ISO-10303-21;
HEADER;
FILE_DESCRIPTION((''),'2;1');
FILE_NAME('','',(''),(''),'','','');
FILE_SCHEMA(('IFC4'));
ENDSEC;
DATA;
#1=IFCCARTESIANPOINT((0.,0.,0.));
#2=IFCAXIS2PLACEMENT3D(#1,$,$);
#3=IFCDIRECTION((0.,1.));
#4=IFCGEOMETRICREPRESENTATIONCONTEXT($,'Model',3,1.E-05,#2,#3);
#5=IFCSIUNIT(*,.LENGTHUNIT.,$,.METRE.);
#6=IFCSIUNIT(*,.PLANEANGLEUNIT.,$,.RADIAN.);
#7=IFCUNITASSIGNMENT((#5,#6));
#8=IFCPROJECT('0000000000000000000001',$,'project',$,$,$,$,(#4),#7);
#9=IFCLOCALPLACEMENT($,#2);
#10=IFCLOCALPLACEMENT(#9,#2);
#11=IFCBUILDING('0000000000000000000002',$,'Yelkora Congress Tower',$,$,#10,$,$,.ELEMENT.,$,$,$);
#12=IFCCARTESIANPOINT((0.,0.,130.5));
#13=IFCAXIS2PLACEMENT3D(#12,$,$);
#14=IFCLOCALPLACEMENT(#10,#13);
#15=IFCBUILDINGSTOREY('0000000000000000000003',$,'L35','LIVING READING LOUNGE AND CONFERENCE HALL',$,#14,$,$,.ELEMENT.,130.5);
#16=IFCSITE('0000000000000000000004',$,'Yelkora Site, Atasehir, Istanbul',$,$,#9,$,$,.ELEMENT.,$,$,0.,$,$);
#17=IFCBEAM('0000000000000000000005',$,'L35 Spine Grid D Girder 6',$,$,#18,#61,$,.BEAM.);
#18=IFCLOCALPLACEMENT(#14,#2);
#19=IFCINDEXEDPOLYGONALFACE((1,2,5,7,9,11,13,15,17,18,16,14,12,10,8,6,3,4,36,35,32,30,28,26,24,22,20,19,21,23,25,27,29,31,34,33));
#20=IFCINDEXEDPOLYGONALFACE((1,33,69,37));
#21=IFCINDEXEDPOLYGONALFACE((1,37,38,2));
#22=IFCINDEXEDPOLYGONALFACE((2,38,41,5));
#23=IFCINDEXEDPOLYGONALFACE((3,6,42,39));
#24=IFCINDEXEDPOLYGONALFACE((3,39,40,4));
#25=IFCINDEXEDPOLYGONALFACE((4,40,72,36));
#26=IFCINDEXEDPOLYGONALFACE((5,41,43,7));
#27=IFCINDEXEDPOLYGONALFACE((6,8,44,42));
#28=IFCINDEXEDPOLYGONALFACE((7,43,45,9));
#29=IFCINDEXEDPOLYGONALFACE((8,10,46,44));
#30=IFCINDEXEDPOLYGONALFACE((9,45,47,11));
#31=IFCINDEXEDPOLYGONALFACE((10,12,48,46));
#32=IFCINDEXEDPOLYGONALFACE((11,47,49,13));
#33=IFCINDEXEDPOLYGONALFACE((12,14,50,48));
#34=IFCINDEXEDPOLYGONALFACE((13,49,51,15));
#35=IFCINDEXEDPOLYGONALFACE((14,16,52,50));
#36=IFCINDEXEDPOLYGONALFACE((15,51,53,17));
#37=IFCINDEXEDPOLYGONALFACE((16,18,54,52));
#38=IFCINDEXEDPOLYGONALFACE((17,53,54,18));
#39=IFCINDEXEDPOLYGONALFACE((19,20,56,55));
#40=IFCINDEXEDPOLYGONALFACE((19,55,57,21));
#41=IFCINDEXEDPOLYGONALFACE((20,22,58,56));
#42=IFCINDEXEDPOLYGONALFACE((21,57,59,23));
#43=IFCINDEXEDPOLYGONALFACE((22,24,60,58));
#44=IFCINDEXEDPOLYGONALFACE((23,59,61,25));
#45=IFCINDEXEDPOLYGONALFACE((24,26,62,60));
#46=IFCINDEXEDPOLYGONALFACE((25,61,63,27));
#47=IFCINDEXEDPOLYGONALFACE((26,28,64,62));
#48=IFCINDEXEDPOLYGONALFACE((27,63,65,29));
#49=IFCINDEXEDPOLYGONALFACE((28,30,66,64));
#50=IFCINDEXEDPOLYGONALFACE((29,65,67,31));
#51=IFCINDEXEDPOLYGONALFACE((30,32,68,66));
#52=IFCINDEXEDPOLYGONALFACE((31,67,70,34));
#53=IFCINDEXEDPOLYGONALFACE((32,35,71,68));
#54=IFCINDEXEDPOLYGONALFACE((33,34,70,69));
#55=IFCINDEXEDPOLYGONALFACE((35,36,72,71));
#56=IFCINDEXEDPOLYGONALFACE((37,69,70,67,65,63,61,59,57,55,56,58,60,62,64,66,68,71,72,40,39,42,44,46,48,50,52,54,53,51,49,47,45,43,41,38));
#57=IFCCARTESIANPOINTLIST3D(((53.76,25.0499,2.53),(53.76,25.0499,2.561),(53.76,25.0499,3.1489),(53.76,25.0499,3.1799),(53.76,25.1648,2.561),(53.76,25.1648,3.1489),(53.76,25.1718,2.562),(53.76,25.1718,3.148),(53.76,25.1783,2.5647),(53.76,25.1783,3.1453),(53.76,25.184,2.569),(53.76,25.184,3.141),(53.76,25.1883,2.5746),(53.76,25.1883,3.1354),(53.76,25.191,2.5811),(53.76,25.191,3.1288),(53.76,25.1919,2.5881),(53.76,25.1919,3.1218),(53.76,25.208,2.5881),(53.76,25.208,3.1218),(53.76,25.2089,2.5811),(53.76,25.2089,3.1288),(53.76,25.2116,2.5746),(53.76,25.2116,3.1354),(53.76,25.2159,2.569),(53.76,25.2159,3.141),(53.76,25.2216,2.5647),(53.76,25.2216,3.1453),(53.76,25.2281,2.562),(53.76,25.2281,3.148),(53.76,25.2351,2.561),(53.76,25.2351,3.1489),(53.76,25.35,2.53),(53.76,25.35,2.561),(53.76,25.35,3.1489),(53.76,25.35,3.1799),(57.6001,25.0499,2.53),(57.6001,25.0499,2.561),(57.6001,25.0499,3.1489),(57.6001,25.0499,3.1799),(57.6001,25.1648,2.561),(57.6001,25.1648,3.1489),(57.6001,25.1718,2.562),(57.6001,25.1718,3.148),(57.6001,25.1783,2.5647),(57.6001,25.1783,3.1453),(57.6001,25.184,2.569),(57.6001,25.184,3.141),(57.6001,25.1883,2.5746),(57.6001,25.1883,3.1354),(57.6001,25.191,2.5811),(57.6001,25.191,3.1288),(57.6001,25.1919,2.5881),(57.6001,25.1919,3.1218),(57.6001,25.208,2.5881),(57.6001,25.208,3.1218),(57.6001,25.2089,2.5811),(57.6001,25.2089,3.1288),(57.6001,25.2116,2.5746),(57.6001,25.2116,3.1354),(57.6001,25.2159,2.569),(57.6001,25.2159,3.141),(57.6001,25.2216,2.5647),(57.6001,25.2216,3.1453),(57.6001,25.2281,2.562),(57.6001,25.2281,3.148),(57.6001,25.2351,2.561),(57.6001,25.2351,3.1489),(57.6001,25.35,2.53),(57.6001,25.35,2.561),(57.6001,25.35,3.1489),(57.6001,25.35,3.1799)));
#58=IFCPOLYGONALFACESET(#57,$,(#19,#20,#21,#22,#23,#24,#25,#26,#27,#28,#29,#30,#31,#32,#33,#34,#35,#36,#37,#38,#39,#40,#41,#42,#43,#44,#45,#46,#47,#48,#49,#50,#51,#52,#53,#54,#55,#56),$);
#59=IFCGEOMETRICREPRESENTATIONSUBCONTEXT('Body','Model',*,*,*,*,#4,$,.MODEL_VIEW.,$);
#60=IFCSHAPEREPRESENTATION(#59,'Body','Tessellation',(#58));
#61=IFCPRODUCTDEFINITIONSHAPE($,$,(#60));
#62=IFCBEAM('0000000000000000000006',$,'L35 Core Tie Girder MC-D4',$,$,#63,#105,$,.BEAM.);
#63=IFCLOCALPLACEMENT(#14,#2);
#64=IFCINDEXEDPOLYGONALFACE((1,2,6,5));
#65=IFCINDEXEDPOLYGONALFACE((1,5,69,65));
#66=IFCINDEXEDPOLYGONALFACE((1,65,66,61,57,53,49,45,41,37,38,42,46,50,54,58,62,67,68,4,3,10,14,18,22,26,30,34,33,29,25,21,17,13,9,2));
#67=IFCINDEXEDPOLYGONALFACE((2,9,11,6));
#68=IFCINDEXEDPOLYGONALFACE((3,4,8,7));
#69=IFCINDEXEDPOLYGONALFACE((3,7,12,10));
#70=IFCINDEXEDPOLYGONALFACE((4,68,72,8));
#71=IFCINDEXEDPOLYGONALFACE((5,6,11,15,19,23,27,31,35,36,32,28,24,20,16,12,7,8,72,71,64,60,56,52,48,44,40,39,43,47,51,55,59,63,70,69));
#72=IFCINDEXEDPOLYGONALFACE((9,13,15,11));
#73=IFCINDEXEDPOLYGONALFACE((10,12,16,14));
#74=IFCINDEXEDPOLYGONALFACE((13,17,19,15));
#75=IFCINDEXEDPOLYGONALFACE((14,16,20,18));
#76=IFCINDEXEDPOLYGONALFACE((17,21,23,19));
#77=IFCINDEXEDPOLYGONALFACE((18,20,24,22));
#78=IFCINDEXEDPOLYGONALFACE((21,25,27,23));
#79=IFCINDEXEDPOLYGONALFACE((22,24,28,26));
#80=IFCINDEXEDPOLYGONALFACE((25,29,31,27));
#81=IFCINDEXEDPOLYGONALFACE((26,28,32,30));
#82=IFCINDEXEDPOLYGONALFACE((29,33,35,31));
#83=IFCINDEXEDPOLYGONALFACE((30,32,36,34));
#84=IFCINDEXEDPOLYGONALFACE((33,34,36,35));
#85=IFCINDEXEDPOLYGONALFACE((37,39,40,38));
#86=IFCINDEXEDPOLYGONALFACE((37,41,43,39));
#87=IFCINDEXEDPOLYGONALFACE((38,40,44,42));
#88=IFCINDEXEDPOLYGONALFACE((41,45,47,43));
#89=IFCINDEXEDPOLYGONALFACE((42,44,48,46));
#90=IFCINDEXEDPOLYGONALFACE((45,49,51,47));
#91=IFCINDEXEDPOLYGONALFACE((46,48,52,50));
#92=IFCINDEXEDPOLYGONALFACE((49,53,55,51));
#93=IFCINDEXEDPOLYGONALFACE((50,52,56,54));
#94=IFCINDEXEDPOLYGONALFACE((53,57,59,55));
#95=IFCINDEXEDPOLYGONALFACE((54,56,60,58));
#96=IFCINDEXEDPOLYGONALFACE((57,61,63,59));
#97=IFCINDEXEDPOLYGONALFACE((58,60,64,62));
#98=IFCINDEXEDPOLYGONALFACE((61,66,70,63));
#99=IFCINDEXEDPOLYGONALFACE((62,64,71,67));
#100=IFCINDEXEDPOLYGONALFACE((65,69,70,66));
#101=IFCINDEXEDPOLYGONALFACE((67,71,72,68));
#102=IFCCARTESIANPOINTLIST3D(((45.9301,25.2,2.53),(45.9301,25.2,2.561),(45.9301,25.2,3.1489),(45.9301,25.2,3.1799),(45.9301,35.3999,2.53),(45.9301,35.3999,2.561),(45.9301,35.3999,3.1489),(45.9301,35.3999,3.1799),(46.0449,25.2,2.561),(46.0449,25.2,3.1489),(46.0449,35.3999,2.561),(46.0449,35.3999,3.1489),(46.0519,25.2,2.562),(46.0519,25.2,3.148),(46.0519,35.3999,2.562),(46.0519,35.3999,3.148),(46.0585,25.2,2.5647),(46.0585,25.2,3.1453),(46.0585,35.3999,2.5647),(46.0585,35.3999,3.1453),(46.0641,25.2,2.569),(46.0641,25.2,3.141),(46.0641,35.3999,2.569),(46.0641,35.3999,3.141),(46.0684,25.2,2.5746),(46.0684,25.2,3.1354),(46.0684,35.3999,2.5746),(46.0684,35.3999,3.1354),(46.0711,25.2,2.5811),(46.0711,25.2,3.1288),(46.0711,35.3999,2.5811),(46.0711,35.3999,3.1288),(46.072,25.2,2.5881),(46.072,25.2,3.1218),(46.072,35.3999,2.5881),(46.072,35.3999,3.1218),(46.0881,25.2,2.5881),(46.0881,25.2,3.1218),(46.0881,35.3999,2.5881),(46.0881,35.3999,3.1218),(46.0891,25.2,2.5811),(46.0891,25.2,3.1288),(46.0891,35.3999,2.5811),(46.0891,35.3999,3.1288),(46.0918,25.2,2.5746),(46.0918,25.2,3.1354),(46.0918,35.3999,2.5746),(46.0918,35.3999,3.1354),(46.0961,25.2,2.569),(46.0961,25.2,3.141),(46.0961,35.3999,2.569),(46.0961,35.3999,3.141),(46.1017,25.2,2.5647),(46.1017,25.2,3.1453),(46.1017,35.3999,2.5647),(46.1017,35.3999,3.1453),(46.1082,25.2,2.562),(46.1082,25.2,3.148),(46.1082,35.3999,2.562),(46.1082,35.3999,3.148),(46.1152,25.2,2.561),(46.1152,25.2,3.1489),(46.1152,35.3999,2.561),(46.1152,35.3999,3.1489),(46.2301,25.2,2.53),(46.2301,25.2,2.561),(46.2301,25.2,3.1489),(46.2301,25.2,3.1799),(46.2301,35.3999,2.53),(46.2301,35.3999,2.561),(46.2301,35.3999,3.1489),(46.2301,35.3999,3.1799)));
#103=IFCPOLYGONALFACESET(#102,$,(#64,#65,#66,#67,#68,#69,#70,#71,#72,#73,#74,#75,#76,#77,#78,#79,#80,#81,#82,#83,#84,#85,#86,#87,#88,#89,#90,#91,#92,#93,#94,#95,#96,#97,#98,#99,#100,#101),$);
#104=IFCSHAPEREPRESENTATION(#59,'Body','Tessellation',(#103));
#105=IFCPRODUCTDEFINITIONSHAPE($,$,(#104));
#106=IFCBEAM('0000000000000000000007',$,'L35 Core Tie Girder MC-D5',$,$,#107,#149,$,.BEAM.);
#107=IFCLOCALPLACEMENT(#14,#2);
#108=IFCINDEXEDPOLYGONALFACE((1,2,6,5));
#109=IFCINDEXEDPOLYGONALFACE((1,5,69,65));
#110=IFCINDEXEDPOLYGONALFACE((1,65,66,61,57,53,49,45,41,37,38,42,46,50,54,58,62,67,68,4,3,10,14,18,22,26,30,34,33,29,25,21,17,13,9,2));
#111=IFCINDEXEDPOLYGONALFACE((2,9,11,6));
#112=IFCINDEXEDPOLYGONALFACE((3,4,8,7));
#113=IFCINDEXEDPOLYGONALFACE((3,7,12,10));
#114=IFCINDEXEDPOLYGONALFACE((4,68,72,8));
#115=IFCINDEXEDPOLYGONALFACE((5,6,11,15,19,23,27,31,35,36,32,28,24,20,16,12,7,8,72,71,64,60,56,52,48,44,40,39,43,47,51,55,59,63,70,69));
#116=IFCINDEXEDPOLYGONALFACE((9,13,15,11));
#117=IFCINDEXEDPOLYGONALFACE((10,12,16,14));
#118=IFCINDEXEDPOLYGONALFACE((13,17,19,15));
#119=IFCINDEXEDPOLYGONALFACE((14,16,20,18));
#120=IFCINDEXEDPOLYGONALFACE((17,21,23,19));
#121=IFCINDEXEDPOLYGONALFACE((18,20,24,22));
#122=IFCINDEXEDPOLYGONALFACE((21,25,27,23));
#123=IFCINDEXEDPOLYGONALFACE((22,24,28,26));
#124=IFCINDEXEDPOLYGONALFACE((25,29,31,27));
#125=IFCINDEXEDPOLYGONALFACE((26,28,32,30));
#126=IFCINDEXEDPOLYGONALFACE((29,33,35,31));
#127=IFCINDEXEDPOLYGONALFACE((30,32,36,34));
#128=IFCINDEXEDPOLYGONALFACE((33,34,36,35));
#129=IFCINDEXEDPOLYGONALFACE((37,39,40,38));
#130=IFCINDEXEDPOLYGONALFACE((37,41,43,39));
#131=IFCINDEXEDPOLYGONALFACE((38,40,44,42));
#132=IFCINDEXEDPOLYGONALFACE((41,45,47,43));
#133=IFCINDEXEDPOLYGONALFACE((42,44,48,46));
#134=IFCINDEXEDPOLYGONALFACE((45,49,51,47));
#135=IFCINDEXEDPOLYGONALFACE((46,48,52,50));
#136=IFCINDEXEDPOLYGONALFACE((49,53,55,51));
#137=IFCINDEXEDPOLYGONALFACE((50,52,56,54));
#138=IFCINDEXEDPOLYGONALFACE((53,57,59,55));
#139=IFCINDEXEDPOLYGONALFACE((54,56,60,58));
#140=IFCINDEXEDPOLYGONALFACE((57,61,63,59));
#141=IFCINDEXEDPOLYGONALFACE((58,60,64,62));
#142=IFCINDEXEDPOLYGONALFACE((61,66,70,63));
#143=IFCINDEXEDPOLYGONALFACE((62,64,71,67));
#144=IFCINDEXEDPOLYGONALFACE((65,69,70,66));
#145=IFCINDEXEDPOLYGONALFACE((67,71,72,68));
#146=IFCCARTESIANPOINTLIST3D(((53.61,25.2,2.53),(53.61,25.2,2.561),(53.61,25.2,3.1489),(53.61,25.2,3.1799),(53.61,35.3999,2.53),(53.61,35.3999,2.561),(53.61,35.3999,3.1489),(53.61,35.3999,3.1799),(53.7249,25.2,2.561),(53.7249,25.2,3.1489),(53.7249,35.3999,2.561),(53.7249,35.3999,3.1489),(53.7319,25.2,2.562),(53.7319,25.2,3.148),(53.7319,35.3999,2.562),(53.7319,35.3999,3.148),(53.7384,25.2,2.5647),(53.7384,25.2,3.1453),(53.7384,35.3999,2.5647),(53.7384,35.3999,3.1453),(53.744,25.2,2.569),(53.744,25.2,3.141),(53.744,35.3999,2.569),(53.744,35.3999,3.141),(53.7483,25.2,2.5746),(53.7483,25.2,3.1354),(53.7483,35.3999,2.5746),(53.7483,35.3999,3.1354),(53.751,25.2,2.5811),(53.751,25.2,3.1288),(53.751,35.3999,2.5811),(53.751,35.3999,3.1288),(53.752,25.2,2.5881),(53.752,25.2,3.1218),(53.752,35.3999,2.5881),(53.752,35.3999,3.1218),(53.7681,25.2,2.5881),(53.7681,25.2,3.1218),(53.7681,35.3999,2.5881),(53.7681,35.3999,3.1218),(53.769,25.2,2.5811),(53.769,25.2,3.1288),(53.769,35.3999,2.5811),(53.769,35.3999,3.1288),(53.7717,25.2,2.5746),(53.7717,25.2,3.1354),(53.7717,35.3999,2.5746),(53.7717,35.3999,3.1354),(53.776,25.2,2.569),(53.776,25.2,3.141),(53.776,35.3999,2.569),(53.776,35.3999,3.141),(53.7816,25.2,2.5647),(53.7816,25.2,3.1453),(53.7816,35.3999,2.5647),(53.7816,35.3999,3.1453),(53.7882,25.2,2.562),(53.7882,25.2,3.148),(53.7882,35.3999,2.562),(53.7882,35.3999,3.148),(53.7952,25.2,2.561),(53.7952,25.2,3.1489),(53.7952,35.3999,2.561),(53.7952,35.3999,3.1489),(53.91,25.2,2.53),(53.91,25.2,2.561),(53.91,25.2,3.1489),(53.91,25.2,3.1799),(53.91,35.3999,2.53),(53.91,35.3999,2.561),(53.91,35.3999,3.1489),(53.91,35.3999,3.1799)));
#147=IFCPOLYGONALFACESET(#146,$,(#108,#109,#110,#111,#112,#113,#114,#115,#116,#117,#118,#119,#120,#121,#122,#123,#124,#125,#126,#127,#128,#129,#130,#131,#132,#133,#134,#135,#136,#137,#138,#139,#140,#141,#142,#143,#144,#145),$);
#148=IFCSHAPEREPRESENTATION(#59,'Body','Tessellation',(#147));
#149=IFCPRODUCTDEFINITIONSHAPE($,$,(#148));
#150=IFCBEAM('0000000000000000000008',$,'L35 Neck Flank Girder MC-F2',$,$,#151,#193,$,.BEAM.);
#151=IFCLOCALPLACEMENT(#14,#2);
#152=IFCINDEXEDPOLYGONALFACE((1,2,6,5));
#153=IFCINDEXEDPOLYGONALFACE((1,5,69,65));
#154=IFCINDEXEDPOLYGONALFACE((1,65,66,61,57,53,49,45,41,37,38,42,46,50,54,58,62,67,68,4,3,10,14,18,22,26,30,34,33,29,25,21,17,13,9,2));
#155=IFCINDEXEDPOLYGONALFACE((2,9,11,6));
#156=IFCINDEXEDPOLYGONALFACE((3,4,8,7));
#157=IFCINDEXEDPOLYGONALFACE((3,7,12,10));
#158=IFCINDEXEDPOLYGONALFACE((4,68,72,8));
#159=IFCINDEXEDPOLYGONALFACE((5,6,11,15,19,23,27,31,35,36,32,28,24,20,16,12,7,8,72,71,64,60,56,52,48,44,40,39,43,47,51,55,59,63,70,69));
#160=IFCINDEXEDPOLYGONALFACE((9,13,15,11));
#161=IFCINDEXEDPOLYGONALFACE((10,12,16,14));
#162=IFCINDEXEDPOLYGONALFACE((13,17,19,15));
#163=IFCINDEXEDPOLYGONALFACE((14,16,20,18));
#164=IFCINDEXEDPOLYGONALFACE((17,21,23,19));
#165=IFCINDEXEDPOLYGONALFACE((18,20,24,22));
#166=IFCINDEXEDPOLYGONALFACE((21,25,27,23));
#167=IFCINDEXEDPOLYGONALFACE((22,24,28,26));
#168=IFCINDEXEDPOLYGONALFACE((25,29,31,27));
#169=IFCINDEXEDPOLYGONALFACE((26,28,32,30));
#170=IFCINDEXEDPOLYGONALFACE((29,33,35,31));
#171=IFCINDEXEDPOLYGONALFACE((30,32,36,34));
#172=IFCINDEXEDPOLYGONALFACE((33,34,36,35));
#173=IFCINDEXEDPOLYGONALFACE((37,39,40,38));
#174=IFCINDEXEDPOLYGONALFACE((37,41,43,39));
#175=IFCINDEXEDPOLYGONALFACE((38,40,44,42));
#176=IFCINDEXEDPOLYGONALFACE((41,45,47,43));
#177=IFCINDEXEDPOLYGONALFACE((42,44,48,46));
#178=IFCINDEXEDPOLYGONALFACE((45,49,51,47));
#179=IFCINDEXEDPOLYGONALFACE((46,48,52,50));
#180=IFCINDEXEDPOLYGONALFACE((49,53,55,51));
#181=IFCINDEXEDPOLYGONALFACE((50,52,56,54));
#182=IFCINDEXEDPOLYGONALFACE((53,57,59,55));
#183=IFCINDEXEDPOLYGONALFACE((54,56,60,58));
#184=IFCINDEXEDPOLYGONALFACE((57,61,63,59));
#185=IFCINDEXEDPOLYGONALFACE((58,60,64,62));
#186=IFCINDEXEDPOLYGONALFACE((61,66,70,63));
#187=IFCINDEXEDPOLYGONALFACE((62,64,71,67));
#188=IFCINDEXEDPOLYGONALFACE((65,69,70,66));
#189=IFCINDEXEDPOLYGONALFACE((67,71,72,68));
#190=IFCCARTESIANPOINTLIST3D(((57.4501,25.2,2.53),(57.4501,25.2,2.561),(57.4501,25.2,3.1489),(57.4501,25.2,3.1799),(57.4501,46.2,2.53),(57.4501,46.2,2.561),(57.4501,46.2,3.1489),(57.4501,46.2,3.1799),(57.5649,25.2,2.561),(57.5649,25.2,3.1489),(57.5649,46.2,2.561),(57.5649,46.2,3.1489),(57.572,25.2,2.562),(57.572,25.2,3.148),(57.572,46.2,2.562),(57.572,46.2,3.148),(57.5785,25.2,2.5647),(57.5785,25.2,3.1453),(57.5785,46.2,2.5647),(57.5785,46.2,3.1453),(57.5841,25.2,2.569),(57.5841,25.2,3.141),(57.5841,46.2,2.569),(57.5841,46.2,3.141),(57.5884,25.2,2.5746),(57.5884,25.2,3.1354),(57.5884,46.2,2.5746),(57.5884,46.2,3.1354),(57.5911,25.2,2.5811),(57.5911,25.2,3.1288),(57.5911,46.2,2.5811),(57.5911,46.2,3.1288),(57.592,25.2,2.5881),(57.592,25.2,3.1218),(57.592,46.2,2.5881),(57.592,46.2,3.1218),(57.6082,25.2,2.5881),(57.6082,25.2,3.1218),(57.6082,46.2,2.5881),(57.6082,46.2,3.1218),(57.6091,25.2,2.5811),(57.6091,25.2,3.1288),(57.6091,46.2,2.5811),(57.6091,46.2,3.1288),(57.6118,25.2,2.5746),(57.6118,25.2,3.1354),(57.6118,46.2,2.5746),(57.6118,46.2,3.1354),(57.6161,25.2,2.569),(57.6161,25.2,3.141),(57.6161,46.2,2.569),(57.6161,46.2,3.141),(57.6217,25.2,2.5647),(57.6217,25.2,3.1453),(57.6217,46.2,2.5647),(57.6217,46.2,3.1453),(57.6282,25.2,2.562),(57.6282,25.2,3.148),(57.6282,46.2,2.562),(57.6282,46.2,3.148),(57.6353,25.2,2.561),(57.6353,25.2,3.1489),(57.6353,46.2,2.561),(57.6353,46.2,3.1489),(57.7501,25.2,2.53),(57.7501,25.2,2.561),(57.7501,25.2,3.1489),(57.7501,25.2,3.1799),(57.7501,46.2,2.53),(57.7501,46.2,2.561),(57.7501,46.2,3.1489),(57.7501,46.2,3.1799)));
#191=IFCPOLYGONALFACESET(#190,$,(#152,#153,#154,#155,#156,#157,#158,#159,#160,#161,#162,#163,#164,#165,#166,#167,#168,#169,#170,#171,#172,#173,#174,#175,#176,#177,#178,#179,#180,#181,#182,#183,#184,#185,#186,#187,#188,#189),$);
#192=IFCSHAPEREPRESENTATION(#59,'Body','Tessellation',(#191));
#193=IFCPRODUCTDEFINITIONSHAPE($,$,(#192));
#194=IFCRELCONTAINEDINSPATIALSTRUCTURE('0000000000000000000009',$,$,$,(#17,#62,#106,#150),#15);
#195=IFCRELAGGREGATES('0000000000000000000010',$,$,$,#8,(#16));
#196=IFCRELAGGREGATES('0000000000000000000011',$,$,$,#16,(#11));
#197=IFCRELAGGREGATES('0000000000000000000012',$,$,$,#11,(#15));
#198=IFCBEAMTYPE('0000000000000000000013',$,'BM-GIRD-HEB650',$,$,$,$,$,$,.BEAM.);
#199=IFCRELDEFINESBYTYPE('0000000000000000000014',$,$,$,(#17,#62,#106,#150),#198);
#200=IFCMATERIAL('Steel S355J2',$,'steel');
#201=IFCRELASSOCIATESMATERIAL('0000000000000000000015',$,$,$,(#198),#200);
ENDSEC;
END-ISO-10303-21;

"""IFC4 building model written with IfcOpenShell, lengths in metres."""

from ifc_helpers import new_model, si_unit, direction, frame, origin, origin_2d, place, context, subcontext, project, spatial, i_section, extrude, material, material_profile, profile_set, type_object, element, save


model = new_model("IFC4")

# Units and contexts
model_context = context("Model", 3, precision=1e-05, world=origin(), true_north=direction((0.0, 1.0)))
body_context = subcontext(model_context, "Body", "Model", "MODEL_VIEW")
ifc_project = project(units=[si_unit("LENGTHUNIT", "METRE"), si_unit("PLANEANGLEUNIT", "RADIAN")], contexts=[model_context])

# Site, building, storey
site_placement = place(None, origin())
site = spatial("IfcSite", under=ifc_project, at=site_placement, Name="Yelkora Site, Atasehir, Istanbul", CompositionType="ELEMENT", RefElevation=0.0)
building_placement = place(site_placement, origin())
building = spatial("IfcBuilding", under=site, at=building_placement, Name="Yelkora Congress Tower", CompositionType="ELEMENT")
storey_placement = place(building_placement, frame((0.0, 0.0, 130.5)))
storey = spatial("IfcBuildingStorey", under=building, at=storey_placement, Name="L35", Description="LIVING READING LOUNGE AND CONFERENCE HALL", CompositionType="ELEMENT", Elevation=130.5)

# Beams
ifc_material_1 = material(Name="Steel S355J2", Category="steel")
ifc_material_profile_1 = material_profile(ifc_material_1, i_section(OverallWidth=0.3, OverallDepth=0.6499, WebThickness=0.0161, FlangeThickness=0.031, FilletRadius=0.0271, at=origin_2d()), Name="HEB 650")
ifc_profile_set_1 = profile_set([ifc_material_profile_1], Name="Steel S355J2")
beam_type_1 = type_object("IfcBeamType", Name="BM-GIRD-HEB650", PredefinedType="BEAM", material=ifc_profile_set_1)
beam_1_placement = place(storey_placement, frame((53.76, 25.2, 2.855), z_axis=(1.0, 0.0, 0.0), x_axis=(0.0, 1.0, 0.0)))
element("IfcBeam", 1, at=beam_1_placement, inside=storey, type_object=beam_type_1, Name="L35 Spine Grid D Girder 6", PredefinedType="BEAM", context=body_context, shape_type="SweptSolid", body=[
    extrude(i_section(OverallWidth=0.3, OverallDepth=0.6499, WebThickness=0.0161, FlangeThickness=0.031, FilletRadius=0.0271, at=origin_2d()), origin(), (0.0, 0.0, 1.0), 3.8401),
])
for number, where, z_axis, x_axis, name in (
    (2, (46.0801, 25.2, 2.855), (0.0, 1.0, 0.0), (-1.0, 0.0, 0.0), "L35 Core Tie Girder MC-D4"),
    (3, (53.76, 25.2, 2.855), (0.0, 1.0, 0.0), (-1.0, 0.0, 0.0), "L35 Core Tie Girder MC-D5"),
):
    element("IfcBeam", number, at=place(storey_placement, frame(where, z_axis=z_axis, x_axis=x_axis)), inside=storey, type_object=beam_type_1, Name=name, PredefinedType="BEAM", context=body_context, shape_type="SweptSolid", body=[
        extrude(i_section(OverallWidth=0.3, OverallDepth=0.6499, WebThickness=0.0161, FlangeThickness=0.031, FilletRadius=0.0271, at=origin_2d()), origin(), (0.0, 0.0, 1.0), 10.2),
    ])
beam_2_placement = place(storey_placement, frame((57.6001, 25.2, 2.855), z_axis=(0.0, 1.0, 0.0), x_axis=(-1.0, 0.0, 0.0)))
element("IfcBeam", 4, at=beam_2_placement, inside=storey, type_object=beam_type_1, Name="L35 Neck Flank Girder MC-F2", PredefinedType="BEAM", context=body_context, shape_type="SweptSolid", body=[
    extrude(i_section(OverallWidth=0.3, OverallDepth=0.6499, WebThickness=0.0161, FlangeThickness=0.031, FilletRadius=0.0271, at=origin_2d()), origin(), (0.0, 0.0, 1.0), 21.0),
])

save(model, "model.ifc")
